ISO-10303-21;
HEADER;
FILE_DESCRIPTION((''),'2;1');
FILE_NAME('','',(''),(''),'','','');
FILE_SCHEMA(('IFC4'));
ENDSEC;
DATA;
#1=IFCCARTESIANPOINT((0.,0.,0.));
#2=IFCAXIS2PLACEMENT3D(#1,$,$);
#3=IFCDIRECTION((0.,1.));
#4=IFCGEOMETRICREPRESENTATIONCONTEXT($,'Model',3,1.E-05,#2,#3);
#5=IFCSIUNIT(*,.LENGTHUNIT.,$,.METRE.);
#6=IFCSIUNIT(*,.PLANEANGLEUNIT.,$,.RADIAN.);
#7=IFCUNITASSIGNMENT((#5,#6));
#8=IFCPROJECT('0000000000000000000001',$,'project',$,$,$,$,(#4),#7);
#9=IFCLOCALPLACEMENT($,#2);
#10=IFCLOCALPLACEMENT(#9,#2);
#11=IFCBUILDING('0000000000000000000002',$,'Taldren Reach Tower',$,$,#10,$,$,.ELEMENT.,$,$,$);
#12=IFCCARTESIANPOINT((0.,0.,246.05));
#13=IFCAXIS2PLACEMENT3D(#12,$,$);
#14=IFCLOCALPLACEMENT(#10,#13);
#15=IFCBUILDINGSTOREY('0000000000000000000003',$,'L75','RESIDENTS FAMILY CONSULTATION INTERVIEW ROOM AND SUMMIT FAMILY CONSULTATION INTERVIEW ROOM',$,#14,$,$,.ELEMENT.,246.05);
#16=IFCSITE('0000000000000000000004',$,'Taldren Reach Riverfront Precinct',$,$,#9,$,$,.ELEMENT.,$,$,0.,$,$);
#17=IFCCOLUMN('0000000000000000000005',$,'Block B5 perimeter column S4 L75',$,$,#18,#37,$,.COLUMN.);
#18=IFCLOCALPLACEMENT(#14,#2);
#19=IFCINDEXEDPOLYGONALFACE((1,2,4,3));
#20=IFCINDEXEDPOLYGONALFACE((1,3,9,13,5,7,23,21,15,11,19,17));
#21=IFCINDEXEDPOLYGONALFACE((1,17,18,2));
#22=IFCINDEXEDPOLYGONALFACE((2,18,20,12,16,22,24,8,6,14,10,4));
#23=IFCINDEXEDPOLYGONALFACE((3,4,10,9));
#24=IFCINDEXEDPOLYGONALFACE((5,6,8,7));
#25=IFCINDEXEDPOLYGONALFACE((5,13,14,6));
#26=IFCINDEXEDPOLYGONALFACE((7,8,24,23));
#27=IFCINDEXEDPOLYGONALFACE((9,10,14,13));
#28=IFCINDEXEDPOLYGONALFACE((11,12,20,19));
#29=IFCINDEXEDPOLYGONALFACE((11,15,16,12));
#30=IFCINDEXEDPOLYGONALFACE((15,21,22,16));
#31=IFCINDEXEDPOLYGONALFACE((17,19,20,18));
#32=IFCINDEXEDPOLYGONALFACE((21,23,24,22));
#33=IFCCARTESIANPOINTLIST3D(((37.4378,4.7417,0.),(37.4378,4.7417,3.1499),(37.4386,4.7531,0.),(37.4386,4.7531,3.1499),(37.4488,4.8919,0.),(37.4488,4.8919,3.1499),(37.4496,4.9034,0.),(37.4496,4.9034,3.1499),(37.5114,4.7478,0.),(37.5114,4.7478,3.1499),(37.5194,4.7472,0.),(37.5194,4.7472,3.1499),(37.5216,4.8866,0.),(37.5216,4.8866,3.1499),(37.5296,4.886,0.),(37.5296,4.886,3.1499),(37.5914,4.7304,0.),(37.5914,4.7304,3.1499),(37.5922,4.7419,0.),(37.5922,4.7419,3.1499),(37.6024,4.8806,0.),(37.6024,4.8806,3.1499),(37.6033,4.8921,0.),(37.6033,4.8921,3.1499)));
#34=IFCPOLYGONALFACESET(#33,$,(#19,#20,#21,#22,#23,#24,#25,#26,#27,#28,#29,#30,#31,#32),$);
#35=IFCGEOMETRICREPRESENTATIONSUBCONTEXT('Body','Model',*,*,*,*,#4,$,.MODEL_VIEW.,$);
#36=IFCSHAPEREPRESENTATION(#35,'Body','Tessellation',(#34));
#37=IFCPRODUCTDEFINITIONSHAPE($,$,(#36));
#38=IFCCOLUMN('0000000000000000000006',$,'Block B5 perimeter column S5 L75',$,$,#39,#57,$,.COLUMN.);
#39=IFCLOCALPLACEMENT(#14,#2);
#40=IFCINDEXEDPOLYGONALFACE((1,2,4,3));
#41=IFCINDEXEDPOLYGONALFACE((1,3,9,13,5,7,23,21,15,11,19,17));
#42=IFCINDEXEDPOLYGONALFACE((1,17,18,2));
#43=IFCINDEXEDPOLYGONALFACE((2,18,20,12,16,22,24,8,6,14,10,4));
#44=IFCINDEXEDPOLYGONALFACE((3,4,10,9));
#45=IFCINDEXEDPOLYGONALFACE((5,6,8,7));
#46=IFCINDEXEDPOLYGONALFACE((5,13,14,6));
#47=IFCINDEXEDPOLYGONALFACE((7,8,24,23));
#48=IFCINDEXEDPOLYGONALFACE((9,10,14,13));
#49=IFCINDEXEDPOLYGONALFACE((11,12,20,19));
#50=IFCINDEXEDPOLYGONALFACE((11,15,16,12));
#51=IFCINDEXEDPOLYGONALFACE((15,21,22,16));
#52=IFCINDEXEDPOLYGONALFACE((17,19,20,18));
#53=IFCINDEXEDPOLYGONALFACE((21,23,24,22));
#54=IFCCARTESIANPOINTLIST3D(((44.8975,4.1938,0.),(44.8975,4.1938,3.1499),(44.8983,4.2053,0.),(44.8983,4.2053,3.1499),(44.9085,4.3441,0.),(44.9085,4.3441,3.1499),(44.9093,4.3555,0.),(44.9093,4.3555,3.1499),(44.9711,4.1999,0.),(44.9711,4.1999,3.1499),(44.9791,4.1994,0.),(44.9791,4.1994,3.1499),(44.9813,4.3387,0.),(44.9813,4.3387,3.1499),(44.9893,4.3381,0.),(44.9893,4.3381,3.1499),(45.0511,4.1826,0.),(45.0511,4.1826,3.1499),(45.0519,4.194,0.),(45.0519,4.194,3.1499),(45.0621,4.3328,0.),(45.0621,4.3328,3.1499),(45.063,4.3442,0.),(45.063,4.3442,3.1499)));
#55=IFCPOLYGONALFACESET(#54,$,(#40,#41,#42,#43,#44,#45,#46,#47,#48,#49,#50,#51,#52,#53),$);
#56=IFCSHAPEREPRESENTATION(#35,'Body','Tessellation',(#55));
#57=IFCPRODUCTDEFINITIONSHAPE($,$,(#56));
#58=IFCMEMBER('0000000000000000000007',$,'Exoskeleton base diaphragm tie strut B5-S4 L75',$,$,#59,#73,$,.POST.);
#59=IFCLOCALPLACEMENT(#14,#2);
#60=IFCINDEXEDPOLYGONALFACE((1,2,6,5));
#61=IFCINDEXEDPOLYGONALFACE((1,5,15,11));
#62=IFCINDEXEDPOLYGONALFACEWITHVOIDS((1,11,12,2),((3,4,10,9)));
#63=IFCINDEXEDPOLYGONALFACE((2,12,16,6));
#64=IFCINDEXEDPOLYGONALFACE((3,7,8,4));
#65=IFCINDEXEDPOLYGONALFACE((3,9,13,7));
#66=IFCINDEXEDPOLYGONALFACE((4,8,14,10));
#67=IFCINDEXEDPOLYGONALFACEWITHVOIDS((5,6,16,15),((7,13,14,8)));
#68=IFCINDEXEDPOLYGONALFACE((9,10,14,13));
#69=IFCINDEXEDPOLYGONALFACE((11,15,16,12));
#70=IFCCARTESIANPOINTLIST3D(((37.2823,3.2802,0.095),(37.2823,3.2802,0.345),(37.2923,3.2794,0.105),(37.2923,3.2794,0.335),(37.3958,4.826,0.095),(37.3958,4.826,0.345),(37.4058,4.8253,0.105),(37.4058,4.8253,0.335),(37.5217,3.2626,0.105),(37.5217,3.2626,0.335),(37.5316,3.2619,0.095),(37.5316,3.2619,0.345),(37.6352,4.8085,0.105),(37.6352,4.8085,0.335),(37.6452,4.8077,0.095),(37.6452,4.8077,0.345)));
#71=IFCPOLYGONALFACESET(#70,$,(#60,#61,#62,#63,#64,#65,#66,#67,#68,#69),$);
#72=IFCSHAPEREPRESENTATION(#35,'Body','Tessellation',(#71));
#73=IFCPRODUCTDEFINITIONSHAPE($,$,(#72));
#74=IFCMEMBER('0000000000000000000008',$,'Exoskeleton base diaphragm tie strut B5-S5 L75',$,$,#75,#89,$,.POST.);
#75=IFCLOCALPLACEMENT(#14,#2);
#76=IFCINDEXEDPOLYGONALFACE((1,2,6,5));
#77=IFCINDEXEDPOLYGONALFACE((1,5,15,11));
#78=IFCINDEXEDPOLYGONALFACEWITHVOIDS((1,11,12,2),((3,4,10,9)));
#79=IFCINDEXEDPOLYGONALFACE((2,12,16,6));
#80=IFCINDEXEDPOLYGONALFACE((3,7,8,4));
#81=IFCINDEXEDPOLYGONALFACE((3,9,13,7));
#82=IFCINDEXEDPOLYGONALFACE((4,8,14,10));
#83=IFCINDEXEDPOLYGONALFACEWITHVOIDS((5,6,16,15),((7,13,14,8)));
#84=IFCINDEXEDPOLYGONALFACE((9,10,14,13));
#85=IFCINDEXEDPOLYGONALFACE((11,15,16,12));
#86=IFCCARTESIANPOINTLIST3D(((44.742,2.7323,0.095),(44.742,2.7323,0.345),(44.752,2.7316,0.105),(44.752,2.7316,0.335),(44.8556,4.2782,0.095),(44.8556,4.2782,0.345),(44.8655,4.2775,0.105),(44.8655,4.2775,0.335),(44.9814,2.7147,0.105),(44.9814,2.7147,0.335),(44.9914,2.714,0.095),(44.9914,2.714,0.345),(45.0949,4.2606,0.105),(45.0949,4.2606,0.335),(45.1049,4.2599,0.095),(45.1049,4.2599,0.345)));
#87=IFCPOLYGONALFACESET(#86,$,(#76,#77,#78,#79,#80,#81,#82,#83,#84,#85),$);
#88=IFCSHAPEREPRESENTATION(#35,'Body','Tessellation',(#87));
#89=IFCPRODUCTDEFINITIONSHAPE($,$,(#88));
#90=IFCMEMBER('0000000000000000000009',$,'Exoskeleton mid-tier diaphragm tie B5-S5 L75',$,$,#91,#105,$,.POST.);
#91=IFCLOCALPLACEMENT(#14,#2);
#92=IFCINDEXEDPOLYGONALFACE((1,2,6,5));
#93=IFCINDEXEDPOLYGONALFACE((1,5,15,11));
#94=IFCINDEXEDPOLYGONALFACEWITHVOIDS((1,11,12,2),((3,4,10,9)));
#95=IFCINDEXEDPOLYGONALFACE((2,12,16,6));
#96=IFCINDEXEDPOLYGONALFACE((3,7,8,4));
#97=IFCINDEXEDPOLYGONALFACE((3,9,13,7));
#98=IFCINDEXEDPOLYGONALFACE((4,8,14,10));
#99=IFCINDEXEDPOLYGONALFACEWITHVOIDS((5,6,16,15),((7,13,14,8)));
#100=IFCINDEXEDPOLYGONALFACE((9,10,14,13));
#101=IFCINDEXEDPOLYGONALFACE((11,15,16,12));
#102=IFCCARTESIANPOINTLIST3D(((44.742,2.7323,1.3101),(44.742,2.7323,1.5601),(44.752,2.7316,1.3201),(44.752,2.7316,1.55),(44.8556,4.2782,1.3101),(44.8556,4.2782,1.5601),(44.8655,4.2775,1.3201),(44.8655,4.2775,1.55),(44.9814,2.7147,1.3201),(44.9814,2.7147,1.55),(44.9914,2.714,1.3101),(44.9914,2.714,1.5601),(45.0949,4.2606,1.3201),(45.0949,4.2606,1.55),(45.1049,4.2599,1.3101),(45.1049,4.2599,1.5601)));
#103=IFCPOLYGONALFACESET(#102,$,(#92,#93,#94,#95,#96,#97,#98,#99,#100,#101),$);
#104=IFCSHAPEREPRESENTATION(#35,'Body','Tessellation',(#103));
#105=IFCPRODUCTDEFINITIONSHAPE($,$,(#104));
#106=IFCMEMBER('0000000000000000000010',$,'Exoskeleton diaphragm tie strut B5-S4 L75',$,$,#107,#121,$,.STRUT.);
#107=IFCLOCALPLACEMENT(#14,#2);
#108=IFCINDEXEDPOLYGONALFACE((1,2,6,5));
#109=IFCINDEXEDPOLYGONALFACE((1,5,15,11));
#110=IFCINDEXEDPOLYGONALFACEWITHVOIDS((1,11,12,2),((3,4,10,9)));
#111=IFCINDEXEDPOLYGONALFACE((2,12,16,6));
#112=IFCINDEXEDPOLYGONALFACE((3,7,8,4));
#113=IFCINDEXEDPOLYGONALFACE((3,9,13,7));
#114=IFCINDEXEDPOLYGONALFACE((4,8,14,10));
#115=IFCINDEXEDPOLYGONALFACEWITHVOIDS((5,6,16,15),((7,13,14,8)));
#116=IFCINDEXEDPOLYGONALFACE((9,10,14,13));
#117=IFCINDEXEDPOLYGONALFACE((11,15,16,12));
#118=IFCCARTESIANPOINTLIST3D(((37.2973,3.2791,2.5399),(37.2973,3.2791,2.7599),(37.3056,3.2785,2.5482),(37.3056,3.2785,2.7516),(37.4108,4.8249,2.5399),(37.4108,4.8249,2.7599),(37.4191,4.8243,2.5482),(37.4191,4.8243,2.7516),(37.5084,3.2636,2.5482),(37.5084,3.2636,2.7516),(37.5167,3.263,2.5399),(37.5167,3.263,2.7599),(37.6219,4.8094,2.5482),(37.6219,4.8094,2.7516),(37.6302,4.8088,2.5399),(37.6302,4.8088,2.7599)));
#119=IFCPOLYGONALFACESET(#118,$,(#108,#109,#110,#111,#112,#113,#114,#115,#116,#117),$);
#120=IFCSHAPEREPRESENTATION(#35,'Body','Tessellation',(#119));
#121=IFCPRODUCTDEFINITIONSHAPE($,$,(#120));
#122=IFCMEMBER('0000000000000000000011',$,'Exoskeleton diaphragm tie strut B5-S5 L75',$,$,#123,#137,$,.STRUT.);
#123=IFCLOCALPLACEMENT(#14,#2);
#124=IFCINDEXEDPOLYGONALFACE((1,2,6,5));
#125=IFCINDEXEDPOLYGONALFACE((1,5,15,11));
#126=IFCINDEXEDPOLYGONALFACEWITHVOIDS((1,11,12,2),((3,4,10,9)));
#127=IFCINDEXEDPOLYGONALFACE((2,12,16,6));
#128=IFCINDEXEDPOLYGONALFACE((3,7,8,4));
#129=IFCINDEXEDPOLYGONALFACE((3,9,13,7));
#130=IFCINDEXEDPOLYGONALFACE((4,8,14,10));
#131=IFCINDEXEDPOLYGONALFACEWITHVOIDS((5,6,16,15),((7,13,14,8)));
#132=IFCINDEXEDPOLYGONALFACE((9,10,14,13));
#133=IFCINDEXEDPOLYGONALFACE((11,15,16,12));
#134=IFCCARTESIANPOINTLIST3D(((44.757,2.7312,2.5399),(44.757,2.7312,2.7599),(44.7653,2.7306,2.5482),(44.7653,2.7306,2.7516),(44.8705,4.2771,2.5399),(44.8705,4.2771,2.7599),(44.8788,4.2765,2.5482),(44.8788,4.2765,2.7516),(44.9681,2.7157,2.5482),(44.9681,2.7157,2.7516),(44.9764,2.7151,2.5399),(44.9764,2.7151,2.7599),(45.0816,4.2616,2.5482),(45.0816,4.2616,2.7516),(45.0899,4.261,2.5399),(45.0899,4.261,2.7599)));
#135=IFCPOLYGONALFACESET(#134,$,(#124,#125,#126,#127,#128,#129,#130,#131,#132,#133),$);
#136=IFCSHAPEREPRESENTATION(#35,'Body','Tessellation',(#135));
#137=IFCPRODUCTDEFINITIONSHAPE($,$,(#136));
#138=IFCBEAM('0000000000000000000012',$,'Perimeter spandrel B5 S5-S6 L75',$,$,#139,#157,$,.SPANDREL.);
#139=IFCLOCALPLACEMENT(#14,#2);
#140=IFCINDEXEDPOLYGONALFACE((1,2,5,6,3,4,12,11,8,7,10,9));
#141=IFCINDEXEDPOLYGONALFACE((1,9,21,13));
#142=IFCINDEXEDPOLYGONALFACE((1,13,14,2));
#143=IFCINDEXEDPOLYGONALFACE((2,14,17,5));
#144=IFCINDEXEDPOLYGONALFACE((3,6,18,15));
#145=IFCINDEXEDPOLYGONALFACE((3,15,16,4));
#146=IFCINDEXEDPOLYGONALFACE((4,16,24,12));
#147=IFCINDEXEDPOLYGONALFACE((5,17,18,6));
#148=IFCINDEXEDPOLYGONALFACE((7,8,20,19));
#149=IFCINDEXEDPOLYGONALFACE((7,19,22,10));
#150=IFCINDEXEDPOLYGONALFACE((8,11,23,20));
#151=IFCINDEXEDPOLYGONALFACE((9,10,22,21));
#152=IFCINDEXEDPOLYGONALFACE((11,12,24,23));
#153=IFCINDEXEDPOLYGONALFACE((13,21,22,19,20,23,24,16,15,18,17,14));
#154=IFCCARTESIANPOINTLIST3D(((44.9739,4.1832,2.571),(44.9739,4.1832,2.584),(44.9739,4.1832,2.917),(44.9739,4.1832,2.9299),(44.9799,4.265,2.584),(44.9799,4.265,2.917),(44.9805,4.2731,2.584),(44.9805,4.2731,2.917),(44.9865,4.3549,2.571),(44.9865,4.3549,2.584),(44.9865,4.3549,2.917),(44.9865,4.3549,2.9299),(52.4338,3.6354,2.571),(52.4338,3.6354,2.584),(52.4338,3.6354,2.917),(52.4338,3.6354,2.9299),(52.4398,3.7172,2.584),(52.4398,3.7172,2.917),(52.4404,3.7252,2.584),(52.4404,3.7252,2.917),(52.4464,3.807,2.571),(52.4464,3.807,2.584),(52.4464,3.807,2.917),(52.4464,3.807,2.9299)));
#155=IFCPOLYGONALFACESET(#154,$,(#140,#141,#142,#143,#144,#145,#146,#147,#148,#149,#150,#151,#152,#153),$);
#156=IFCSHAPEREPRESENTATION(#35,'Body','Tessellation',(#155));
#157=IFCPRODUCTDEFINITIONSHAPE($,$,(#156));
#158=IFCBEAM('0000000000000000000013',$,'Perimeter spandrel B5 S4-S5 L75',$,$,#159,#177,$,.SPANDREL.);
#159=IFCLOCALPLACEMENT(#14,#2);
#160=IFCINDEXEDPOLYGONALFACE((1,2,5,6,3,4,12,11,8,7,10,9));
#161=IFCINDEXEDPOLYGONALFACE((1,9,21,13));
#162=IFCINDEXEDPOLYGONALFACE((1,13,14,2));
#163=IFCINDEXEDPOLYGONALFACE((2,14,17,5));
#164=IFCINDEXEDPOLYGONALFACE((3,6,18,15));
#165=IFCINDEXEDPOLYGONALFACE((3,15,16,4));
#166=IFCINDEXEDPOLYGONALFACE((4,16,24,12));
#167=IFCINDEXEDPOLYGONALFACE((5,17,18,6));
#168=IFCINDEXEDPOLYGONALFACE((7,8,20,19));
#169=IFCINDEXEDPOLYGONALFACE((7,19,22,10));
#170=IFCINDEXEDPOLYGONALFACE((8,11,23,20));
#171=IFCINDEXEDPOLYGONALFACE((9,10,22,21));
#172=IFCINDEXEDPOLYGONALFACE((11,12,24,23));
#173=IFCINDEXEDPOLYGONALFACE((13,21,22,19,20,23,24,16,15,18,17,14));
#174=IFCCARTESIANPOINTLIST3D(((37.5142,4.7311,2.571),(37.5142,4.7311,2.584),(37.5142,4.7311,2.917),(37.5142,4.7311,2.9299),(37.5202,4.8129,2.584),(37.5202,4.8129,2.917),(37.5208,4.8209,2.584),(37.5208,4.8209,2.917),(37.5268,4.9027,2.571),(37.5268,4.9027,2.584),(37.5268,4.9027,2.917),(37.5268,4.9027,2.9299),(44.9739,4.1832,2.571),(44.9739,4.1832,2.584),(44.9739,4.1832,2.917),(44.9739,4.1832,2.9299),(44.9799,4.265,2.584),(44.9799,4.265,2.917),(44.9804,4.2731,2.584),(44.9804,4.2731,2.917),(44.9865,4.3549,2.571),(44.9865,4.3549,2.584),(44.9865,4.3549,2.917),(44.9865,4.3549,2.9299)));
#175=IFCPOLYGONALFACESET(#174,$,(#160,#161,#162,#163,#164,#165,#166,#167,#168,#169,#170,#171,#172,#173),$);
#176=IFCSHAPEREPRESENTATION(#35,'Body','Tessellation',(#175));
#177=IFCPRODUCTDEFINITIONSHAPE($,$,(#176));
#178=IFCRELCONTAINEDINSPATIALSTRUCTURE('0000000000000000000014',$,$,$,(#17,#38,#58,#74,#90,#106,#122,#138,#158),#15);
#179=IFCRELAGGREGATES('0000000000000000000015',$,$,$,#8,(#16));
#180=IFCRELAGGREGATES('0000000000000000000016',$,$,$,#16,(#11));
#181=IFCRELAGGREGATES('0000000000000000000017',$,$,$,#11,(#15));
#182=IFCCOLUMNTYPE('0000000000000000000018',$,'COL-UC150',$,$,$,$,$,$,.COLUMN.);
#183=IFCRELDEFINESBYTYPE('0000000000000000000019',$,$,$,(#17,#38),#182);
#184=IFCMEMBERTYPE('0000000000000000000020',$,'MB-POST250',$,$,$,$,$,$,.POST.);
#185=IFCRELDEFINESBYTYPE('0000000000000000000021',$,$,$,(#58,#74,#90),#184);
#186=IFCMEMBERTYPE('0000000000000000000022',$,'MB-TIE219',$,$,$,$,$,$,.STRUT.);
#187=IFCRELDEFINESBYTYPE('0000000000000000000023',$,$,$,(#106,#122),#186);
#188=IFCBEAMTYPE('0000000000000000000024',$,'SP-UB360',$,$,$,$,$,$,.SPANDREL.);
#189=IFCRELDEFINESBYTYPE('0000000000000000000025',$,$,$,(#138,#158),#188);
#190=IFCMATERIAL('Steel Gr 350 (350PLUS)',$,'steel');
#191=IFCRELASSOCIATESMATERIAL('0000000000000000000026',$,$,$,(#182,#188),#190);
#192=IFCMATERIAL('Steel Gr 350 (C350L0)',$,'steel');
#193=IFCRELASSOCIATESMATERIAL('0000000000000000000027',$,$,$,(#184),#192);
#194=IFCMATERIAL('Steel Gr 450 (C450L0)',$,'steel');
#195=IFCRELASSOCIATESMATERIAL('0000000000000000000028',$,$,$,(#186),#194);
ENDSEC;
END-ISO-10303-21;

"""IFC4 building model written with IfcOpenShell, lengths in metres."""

from ifc_helpers import new_model, si_unit, direction, frame, origin, origin_2d, place, context, subcontext, project, spatial, hollow_rectangle, i_section, extrude, source, transform, mapped, material, material_profile, profile_set, type_object, element, save


model = new_model("IFC4")

# Units and contexts
model_context = context("Model", 3, precision=1e-05, world=origin(), true_north=direction((0.0, 1.0)))
body_context = subcontext(model_context, "Body", "Model", "MODEL_VIEW")
ifc_project = project(units=[si_unit("LENGTHUNIT", "METRE"), si_unit("PLANEANGLEUNIT", "RADIAN")], contexts=[model_context])

# Site, building, storey
site_placement = place(None, origin())
site = spatial("IfcSite", under=ifc_project, at=site_placement, Name="Taldren Reach Riverfront Precinct", CompositionType="ELEMENT", RefElevation=0.0)
building_placement = place(site_placement, origin())
building = spatial("IfcBuilding", under=site, at=building_placement, Name="Taldren Reach Tower", CompositionType="ELEMENT")
storey_placement = place(building_placement, frame((0.0, 0.0, 246.05)))
storey = spatial("IfcBuildingStorey", under=building, at=storey_placement, Name="L75", Description="RESIDENTS FAMILY CONSULTATION INTERVIEW ROOM AND SUMMIT FAMILY CONSULTATION INTERVIEW ROOM", CompositionType="ELEMENT", Elevation=246.05)

# Columns
ifc_material_1 = material(Name="Steel Gr 350 (350PLUS)", Category="steel")
ifc_material_profile_1 = material_profile(ifc_material_1, i_section(OverallWidth=0.1541, OverallDepth=0.1621, WebThickness=0.0081, FlangeThickness=0.0115, at=origin_2d()), Name="150UC37.2")
ifc_profile_set_1 = profile_set([ifc_material_profile_1], Name="Steel Gr 350 (350PLUS)")
column_type = type_object("IfcColumnType", Name="COL-UC150", PredefinedType="COLUMN", material=ifc_profile_set_1)
shared_shape_1 = source(origin(), body_context, "Body", "SweptSolid", [
    extrude(i_section(OverallWidth=0.1541, OverallDepth=0.1621, WebThickness=0.0081, FlangeThickness=0.0115, at=origin_2d()), origin(), (0.0, 0.0, 1.0), 3.1499),
])
for number, where, z_axis, x_axis, name in (
    (1, (37.5205, 4.8169, 0.0), (0.0, 0.0, 1.0), (0.997314, -0.073238, 0.0), "Block B5 perimeter column S4 L75"),
    (2, (44.9802, 4.269, 0.0), (0.0, 0.0, 1.0), (0.997314, -0.073238, 0.0), "Block B5 perimeter column S5 L75"),
):
    element("IfcColumn", number, at=place(storey_placement, frame(where, z_axis=z_axis, x_axis=x_axis)), inside=storey, type_object=column_type, Name=name, PredefinedType="COLUMN", context=body_context, shape_type="MappedRepresentation", body=[
        mapped(shared_shape_1, transform((0.0, 0.0, 0.0), scale=1.0)),
    ])

# Members
ifc_material_2 = material(Name="Steel Gr 350 (C350L0)", Category="steel")
ifc_material_profile_2 = material_profile(ifc_material_2, hollow_rectangle(XDim=0.25, YDim=0.25, WallThickness=0.01, at=origin_2d()), Name="250x250x10.0SHS")
ifc_profile_set_2 = profile_set([ifc_material_profile_2], Name="Steel Gr 350 (C350L0)")
member_type_1 = type_object("IfcMemberType", Name="MB-POST250", PredefinedType="POST", material=ifc_profile_set_2)
shared_shape_2 = source(origin(), body_context, "Body", "SweptSolid", [
    extrude(hollow_rectangle(XDim=0.25, YDim=0.25, WallThickness=0.01, at=origin_2d()), origin(), (0.0, 0.0, 1.0), 1.55),
])
for number, where, z_axis, x_axis, name in (
    (3, (37.5205, 4.8169, 0.22), (-0.073239, -0.997314, 0.0), (0.997314, -0.073239, 0.0), "Exoskeleton base diaphragm tie strut B5-S4 L75"),
    (4, (44.9802, 4.269, 0.22), (-0.073239, -0.997314, 0.0), (0.997314, -0.073239, 0.0), "Exoskeleton base diaphragm tie strut B5-S5 L75"),
    (5, (44.9802, 4.269, 1.4351), (-0.073239, -0.997314, 0.0), (0.997314, -0.073239, 0.0), "Exoskeleton mid-tier diaphragm tie B5-S5 L75"),
):
    element("IfcMember", number, at=place(storey_placement, frame(where, z_axis=z_axis, x_axis=x_axis)), inside=storey, type_object=member_type_1, Name=name, PredefinedType="POST", context=body_context, shape_type="MappedRepresentation", body=[
        mapped(shared_shape_2, transform((0.0, 0.0, 0.0), scale=1.0)),
    ])
ifc_material_3 = material(Name="Steel Gr 450 (C450L0)", Category="steel")
ifc_material_profile_3 = material_profile(ifc_material_3, hollow_rectangle(XDim=0.22, YDim=0.22, WallThickness=0.0083, at=origin_2d()), Name="220x220x8.2SHS")
ifc_profile_set_3 = profile_set([ifc_material_profile_3], Name="Steel Gr 450 (C450L0)")
member_type_2 = type_object("IfcMemberType", Name="MB-TIE219", PredefinedType="STRUT", material=ifc_profile_set_3)
shared_shape_3 = source(origin(), body_context, "Body", "SweptSolid", [
    extrude(hollow_rectangle(XDim=0.22, YDim=0.22, WallThickness=0.0083, at=origin_2d()), origin(), (0.0, 0.0, 1.0), 1.55),
])
for number, where, z_axis, x_axis, name in (
    (6, (37.5205, 4.8169, 2.6499), (-0.073239, -0.997314, 0.0), (0.997314, -0.073239, 0.0), "Exoskeleton diaphragm tie strut B5-S4 L75"),
    (7, (44.9802, 4.269, 2.6499), (-0.073239, -0.997314, 0.0), (0.997314, -0.073239, 0.0), "Exoskeleton diaphragm tie strut B5-S5 L75"),
):
    element("IfcMember", number, at=place(storey_placement, frame(where, z_axis=z_axis, x_axis=x_axis)), inside=storey, type_object=member_type_2, Name=name, PredefinedType="STRUT", context=body_context, shape_type="MappedRepresentation", body=[
        mapped(shared_shape_3, transform((0.0, 0.0, 0.0), scale=1.0)),
    ])

# Beams
ifc_material_profile_4 = material_profile(ifc_material_1, i_section(OverallWidth=0.1721, OverallDepth=0.3589, WebThickness=0.0081, FlangeThickness=0.0129, at=origin_2d()), Name="360UB56.7")
ifc_profile_set_4 = profile_set([ifc_material_profile_4], Name="Steel Gr 350 (350PLUS)")
beam_type = type_object("IfcBeamType", Name="SP-UB360", PredefinedType="SPANDREL", material=ifc_profile_set_4)
shared_shape_4 = source(origin(), body_context, "Body", "SweptSolid", [
    extrude(i_section(OverallWidth=0.1721, OverallDepth=0.3589, WebThickness=0.0081, FlangeThickness=0.0129, at=origin_2d()), origin(), (0.0, 0.0, 1.0), 7.48),
])
beam_1_placement = place(storey_placement, frame((44.9802, 4.269, 2.7505), z_axis=(0.997314, -0.073242, 0.0), x_axis=(0.073242, 0.997314, 0.0)))
element("IfcBeam", 8, at=beam_1_placement, inside=storey, type_object=beam_type, Name="Perimeter spandrel B5 S5-S6 L75", PredefinedType="SPANDREL", context=body_context, shape_type="MappedRepresentation", body=[
    mapped(shared_shape_4, transform((0.0, 0.0, 0.0), scale=1.0)),
])
shared_shape_5 = source(origin(), body_context, "Body", "SweptSolid", [
    extrude(i_section(OverallWidth=0.1721, OverallDepth=0.3589, WebThickness=0.0081, FlangeThickness=0.0129, at=origin_2d()), origin(), (0.0, 0.0, 1.0), 7.4797),
])
beam_2_placement = place(storey_placement, frame((37.5205, 4.8169, 2.7505), z_axis=(0.997314, -0.073244, 0.0), x_axis=(0.073244, 0.997314, 0.0)))
element("IfcBeam", 9, at=beam_2_placement, inside=storey, type_object=beam_type, Name="Perimeter spandrel B5 S4-S5 L75", PredefinedType="SPANDREL", context=body_context, shape_type="MappedRepresentation", body=[
    mapped(shared_shape_5, transform((0.0, 0.0, 0.0), scale=1.0)),
])

save(model, "model.ifc")
